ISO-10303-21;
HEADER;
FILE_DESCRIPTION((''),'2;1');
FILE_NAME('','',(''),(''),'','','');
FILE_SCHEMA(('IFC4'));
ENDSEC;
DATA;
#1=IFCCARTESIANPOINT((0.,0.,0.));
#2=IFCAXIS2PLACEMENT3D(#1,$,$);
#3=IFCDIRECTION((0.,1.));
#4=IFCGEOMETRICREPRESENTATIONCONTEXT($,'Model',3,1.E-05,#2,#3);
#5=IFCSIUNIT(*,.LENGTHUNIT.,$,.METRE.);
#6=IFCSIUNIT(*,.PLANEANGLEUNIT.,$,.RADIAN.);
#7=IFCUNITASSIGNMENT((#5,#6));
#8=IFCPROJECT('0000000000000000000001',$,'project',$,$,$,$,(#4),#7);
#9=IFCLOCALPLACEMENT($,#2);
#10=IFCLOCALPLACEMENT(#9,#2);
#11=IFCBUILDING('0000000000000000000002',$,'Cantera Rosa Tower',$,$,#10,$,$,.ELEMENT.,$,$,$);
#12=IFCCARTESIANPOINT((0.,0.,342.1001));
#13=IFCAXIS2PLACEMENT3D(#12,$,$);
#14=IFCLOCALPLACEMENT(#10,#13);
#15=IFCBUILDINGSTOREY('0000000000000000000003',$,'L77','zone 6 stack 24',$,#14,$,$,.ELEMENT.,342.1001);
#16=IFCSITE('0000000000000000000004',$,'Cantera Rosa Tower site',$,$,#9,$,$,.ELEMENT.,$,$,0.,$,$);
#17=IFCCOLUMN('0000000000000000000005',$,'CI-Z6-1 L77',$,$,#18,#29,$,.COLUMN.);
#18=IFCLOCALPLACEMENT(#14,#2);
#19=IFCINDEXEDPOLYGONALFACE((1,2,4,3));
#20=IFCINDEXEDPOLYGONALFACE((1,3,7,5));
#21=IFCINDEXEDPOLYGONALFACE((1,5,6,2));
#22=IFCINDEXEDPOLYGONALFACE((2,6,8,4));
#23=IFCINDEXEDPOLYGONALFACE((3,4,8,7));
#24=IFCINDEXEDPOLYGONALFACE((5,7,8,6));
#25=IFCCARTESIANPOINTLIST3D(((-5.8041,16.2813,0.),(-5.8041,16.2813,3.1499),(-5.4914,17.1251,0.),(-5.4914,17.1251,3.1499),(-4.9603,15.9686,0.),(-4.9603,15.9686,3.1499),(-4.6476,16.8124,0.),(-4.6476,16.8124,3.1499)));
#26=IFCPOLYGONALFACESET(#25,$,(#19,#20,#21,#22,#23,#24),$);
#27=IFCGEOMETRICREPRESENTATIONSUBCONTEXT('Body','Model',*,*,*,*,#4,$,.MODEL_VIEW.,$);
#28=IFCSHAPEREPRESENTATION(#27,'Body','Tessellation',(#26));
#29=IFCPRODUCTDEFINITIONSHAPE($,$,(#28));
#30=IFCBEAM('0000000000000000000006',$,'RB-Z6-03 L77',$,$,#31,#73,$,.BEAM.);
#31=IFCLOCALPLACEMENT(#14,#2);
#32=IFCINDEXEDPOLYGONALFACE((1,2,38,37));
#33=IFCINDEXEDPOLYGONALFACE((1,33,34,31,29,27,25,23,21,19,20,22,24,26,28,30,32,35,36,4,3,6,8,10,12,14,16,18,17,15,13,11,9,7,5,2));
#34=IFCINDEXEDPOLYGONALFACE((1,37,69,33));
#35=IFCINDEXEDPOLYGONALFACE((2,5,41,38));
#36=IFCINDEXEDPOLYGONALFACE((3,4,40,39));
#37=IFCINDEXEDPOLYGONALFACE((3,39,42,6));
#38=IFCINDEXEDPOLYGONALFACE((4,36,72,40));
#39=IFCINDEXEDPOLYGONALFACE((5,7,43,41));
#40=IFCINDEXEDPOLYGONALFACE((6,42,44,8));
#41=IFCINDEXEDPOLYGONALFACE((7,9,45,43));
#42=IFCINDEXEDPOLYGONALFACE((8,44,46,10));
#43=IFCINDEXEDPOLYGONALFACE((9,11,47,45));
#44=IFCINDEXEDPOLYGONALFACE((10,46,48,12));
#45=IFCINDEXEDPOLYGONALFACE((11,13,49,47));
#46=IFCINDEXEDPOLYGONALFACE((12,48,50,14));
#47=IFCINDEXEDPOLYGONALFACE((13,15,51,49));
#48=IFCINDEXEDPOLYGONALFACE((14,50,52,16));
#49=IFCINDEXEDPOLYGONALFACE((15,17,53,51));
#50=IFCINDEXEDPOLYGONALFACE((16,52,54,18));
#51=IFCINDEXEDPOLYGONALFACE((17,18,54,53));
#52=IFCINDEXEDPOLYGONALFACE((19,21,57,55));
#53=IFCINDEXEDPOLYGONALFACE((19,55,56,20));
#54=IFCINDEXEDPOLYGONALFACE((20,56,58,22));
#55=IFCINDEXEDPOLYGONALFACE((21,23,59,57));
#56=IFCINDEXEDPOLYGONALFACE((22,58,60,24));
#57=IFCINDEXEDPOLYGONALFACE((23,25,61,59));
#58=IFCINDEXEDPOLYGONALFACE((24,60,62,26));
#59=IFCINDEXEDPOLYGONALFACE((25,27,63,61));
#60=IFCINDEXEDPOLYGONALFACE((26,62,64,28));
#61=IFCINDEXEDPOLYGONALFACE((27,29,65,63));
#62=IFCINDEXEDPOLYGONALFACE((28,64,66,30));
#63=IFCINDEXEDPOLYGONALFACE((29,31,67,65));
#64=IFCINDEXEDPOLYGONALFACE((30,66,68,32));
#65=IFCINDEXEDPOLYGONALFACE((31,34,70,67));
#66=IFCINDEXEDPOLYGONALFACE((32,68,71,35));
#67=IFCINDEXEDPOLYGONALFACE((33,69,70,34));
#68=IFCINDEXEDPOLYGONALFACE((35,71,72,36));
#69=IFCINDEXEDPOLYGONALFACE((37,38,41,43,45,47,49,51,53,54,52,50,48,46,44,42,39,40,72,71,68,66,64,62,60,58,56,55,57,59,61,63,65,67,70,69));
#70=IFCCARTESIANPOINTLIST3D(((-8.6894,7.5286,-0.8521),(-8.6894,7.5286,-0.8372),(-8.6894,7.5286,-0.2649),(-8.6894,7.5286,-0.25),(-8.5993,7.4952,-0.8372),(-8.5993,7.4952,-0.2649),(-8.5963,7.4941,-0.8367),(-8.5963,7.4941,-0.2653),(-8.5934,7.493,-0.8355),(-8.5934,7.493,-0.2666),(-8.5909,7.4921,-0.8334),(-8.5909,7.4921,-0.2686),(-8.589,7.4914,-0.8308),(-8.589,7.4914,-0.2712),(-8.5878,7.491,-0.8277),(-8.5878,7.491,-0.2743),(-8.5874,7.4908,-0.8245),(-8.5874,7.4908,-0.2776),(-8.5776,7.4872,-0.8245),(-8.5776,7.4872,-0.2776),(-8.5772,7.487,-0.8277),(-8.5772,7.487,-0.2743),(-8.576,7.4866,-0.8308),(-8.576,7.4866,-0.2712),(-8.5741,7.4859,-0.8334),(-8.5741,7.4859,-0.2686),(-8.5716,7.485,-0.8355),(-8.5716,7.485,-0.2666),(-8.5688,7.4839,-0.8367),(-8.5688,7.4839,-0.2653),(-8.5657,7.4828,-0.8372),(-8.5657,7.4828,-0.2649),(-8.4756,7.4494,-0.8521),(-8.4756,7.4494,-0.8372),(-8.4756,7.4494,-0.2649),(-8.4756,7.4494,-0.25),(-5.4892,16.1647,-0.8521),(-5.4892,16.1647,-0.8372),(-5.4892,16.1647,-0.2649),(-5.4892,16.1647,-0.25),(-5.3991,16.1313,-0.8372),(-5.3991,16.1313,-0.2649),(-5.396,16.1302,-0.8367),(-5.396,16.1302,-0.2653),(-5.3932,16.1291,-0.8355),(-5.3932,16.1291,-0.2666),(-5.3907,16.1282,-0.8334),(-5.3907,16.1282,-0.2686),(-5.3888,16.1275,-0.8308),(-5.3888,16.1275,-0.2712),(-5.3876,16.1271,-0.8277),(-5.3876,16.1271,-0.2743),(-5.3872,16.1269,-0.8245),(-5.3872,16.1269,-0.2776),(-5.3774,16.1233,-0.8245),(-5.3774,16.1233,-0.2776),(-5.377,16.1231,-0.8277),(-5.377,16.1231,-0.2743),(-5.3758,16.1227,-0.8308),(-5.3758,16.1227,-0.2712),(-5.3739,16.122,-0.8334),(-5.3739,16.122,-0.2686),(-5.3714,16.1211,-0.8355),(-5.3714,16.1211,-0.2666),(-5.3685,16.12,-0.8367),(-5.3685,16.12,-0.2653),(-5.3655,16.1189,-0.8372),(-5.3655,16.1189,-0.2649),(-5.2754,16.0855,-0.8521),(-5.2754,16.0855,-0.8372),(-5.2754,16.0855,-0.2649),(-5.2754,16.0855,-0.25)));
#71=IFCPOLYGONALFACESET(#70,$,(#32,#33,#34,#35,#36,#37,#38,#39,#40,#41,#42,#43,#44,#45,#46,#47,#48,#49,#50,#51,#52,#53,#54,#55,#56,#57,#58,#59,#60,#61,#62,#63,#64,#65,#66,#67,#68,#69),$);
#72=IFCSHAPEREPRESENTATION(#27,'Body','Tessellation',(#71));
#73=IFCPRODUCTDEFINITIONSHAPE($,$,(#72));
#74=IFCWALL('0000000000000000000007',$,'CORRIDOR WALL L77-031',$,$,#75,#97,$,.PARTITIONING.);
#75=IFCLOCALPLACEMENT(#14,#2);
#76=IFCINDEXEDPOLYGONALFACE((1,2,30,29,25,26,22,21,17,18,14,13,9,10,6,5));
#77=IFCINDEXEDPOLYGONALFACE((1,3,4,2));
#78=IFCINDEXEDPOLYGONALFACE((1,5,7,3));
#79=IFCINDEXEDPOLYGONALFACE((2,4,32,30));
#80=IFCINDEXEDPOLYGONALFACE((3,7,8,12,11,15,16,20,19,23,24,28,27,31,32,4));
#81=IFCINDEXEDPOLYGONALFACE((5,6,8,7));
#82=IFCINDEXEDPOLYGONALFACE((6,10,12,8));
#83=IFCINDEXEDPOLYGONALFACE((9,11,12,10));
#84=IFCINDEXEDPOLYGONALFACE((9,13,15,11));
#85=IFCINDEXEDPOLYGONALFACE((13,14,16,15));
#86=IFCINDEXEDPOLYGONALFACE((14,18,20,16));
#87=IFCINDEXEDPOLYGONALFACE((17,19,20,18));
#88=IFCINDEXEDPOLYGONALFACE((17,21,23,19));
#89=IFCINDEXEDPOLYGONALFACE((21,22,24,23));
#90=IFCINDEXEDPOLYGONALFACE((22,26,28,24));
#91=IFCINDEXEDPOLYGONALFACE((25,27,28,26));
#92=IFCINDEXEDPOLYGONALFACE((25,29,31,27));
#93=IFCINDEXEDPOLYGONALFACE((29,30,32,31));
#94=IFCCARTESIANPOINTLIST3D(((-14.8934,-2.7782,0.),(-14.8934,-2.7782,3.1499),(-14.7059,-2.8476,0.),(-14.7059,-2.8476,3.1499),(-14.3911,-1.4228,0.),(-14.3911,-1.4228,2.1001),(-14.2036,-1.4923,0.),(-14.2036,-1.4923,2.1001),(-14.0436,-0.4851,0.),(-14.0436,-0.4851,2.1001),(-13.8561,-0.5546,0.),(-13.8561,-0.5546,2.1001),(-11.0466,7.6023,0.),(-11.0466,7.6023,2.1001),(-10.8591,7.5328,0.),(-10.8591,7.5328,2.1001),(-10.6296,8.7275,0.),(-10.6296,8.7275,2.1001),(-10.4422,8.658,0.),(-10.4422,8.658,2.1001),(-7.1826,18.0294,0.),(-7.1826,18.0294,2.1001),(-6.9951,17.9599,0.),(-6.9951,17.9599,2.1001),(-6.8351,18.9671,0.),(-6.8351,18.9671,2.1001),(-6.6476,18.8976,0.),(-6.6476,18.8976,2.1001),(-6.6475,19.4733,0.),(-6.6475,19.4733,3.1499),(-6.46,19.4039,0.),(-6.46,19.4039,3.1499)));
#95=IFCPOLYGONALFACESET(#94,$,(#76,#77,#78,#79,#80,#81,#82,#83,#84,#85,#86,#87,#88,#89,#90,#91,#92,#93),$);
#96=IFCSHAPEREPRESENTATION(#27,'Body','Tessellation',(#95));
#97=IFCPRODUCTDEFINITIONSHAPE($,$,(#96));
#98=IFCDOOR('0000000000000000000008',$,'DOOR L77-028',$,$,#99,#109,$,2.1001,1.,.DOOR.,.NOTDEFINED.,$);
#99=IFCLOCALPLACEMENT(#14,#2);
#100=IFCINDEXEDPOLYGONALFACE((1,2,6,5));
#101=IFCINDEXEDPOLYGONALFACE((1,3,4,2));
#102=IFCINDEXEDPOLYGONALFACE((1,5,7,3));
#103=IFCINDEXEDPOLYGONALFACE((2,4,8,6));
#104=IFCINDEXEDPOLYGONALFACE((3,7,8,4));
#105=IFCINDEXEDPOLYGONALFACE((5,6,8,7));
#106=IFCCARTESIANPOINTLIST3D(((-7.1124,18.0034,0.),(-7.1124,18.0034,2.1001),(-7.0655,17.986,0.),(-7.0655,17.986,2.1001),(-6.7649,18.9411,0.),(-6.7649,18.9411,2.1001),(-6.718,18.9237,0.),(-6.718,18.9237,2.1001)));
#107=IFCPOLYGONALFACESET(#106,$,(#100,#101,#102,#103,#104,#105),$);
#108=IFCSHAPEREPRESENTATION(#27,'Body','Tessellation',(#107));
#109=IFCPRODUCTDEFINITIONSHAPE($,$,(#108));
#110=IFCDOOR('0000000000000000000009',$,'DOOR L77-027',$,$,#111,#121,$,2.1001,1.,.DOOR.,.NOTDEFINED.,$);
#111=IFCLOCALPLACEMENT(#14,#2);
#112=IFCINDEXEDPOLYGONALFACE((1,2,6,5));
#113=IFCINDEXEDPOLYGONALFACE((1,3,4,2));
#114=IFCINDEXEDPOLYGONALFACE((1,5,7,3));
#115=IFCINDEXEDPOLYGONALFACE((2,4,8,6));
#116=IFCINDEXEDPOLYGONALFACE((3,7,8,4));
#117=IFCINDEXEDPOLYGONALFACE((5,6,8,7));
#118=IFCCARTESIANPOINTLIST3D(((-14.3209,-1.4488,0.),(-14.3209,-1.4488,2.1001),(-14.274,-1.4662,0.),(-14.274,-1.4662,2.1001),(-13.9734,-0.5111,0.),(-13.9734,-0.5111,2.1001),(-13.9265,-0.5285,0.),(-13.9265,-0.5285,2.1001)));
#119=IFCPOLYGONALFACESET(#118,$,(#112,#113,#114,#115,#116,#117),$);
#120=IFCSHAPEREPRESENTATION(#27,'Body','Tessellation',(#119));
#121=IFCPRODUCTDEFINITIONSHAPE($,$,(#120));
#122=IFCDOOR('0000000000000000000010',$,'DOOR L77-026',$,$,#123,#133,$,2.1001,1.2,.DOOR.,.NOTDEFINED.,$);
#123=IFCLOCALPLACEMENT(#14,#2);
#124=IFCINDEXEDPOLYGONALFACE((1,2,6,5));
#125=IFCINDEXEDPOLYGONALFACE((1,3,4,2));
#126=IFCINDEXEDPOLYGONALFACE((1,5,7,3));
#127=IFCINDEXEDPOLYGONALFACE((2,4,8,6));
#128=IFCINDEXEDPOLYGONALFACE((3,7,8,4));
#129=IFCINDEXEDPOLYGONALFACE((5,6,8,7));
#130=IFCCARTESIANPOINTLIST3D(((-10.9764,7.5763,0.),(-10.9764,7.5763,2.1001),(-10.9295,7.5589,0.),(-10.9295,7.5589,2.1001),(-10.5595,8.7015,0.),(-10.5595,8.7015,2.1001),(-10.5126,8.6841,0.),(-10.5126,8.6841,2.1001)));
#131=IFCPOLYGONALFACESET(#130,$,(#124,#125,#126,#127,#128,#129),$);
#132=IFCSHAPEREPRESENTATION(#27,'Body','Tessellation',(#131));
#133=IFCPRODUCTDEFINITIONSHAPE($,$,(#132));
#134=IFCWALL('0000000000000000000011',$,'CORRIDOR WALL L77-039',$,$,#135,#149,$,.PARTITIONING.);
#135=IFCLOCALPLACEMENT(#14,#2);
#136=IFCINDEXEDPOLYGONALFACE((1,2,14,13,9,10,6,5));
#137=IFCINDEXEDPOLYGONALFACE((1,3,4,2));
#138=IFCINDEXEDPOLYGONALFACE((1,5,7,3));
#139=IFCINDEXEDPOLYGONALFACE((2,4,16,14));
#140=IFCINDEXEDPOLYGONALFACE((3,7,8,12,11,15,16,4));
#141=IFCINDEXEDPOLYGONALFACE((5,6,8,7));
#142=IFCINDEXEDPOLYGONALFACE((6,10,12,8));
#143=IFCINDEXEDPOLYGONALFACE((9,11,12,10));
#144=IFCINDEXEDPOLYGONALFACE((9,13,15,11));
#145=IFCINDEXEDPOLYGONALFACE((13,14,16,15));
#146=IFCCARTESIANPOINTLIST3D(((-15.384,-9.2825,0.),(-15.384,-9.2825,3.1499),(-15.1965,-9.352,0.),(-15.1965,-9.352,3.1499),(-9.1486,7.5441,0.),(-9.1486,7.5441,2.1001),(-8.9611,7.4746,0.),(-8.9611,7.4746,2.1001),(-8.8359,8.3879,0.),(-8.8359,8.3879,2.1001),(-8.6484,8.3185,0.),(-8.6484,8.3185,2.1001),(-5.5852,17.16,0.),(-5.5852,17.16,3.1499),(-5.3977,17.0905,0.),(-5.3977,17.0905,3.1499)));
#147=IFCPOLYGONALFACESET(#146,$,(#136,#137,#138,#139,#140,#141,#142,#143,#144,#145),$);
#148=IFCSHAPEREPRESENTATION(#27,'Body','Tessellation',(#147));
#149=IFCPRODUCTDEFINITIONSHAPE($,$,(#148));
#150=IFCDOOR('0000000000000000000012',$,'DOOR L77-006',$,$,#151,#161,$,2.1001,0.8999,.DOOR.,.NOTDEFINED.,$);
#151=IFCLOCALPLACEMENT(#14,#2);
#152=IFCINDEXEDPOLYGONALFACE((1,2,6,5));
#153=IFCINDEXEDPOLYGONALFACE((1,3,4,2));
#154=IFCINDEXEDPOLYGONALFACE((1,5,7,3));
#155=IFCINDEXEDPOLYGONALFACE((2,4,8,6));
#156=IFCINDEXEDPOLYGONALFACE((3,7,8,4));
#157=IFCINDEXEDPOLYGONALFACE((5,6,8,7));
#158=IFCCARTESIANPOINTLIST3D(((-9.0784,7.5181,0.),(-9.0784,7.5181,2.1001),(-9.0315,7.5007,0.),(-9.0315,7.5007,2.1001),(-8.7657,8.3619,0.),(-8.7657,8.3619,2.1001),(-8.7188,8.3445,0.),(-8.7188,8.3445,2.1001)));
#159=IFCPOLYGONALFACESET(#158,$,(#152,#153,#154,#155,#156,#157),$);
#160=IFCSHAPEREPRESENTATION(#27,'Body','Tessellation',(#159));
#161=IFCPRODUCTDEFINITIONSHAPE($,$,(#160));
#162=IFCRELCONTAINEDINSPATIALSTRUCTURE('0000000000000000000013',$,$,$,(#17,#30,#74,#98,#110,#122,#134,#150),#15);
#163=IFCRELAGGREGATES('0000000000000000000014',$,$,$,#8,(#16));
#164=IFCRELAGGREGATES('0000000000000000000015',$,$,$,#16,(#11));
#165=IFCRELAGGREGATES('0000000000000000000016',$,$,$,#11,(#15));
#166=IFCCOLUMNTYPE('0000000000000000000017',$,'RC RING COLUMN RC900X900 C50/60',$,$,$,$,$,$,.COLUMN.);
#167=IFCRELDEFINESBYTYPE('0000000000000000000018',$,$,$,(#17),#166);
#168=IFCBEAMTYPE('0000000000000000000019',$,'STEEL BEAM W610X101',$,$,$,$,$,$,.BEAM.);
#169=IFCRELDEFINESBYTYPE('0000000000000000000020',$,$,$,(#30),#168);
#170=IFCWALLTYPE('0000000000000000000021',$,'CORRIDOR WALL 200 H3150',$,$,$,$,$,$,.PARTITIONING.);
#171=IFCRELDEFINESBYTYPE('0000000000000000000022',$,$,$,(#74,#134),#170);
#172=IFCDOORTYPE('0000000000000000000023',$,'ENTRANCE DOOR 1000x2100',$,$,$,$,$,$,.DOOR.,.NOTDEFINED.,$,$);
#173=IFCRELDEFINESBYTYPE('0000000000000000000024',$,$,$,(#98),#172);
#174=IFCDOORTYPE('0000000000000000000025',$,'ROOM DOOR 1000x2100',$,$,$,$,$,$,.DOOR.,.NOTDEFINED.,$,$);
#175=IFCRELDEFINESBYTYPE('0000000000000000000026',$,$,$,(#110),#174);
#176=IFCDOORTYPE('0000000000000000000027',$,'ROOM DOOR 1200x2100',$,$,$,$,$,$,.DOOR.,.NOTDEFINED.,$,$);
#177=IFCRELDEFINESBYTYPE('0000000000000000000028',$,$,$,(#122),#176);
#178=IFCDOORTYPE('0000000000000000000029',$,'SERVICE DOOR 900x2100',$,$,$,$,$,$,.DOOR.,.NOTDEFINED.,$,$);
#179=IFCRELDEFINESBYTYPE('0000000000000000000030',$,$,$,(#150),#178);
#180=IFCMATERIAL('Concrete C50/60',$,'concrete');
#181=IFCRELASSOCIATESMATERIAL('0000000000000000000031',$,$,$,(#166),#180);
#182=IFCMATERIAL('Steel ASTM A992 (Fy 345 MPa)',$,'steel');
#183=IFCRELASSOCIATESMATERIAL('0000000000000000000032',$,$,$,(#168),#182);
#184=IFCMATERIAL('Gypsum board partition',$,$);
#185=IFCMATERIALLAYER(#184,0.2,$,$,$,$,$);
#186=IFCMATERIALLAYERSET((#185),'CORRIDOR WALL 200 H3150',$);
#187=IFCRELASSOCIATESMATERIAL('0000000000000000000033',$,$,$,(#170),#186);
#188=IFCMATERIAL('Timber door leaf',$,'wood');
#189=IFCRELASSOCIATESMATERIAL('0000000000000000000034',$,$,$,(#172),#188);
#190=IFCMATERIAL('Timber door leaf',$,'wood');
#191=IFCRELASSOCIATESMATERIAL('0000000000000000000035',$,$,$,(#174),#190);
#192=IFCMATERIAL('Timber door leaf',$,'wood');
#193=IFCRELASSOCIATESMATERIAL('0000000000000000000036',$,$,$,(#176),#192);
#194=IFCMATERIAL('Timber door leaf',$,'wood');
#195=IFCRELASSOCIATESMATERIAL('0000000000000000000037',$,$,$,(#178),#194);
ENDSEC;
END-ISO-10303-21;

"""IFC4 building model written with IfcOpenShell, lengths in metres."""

from ifc_helpers import new_model, si_unit, direction, frame, frame_2d, origin, origin_2d, place, context, subcontext, project, spatial, rectangle, i_section, extrude, material, layer, layer_set, material_profile, profile_set, type_object, element, fill, save


model = new_model("IFC4")

# Units and contexts
model_context = context("Model", 3, precision=1e-05, world=origin(), true_north=direction((0.0, 1.0)))
body_context = subcontext(model_context, "Body", "Model", "MODEL_VIEW")
ifc_project = project(units=[si_unit("LENGTHUNIT", "METRE"), si_unit("PLANEANGLEUNIT", "RADIAN")], contexts=[model_context])

# Site, building, storey
site_placement = place(None, origin())
site = spatial("IfcSite", under=ifc_project, at=site_placement, Name="Cantera Rosa Tower site", CompositionType="ELEMENT", RefElevation=0.0)
building_placement = place(site_placement, origin())
building = spatial("IfcBuilding", under=site, at=building_placement, Name="Cantera Rosa Tower", CompositionType="ELEMENT")
storey_placement = place(building_placement, frame((0.0, 0.0, 342.1001)))
storey = spatial("IfcBuildingStorey", under=building, at=storey_placement, Name="L77", Description="zone 6 stack 24", CompositionType="ELEMENT", Elevation=342.1001)

# Column
ifc_material_1 = material(Name="Concrete C50/60", Category="concrete")
ifc_material_profile_1 = material_profile(ifc_material_1, rectangle(XDim=0.8999, YDim=0.8999, at=origin_2d()), Name="RC RING COLUMN RC900X900 C50/60")
ifc_profile_set_1 = profile_set([ifc_material_profile_1], Name="Concrete C50/60")
column_type = type_object("IfcColumnType", Name="RC RING COLUMN RC900X900 C50/60", PredefinedType="COLUMN", material=ifc_profile_set_1)
column_placement = place(storey_placement, frame((-5.2258, 16.5469, 0.0), z_axis=(0.0, 0.0, 1.0), x_axis=(0.347481, 0.937687, 0.0)))
element("IfcColumn", 1, at=column_placement, inside=storey, type_object=column_type, Name="CI-Z6-1 L77", PredefinedType="COLUMN", context=body_context, shape_type="SweptSolid", body=[
    extrude(rectangle(XDim=0.8999, YDim=0.8999, at=origin_2d()), origin(), (0.0, 0.0, 1.0), 3.1499),
])

# Beam
ifc_material_2 = material(Name="Steel ASTM A992 (Fy 345 MPa)", Category="steel")
ifc_material_profile_2 = material_profile(ifc_material_2, i_section(OverallWidth=0.228, OverallDepth=0.6021, WebThickness=0.0105, FlangeThickness=0.0149, FilletRadius=0.0127, at=origin_2d()), Name="W610X101")
ifc_profile_set_2 = profile_set([ifc_material_profile_2], Name="Steel ASTM A992 (Fy 345 MPa)")
beam_type = type_object("IfcBeamType", Name="STEEL BEAM W610X101", PredefinedType="BEAM", material=ifc_profile_set_2)
beam_placement = place(storey_placement, frame((-8.5825, 7.489, -0.551), z_axis=(0.347475, 0.937689, 0.0), x_axis=(-0.937689, 0.347475, 0.0)))
element("IfcBeam", 2, at=beam_placement, inside=storey, type_object=beam_type, Name="RB-Z6-03 L77", PredefinedType="BEAM", context=body_context, shape_type="SweptSolid", body=[
    extrude(i_section(OverallWidth=0.228, OverallDepth=0.6021, WebThickness=0.0105, FlangeThickness=0.0149, FilletRadius=0.0127, at=origin_2d()), origin(), (0.0, 0.0, 1.0), 9.21),
])

# Wall, openings, doors
ifc_material_3 = material(Name="Gypsum board partition")
ifc_layer_1 = layer(ifc_material_3, 0.2)
ifc_layer_set_1 = layer_set([ifc_layer_1], Name="CORRIDOR WALL 200 H3150")
wall_type_1 = type_object("IfcWallType", Name="CORRIDOR WALL 200 H3150", PredefinedType="PARTITIONING", material=ifc_layer_set_1)
wall_1_placement = place(storey_placement, frame((-6.5537, 19.4387, 0.0), z_axis=(0.0, 0.0, 1.0), x_axis=(-0.347484, -0.937686, 0.0)))
wall_1 = element("IfcWall", 3, at=wall_1_placement, inside=storey, type_object=wall_type_1, Name="CORRIDOR WALL L77-031", PredefinedType="PARTITIONING", context=body_context, shape_type="SweptSolid", body=[
    extrude(rectangle(XDim=23.7302, YDim=0.2, at=frame_2d((11.8652, 0.0))), origin(), (0.0, 0.0, 1.0), 3.1499),
])
opening_1_placement = place(wall_1_placement, frame((11.46, 0.0, 0.0)))
opening_1 = element("IfcOpeningElement", 4, at=opening_1_placement, cuts=wall_1, PredefinedType="OPENING", context=body_context, shape_type="SweptSolid", body=[
    extrude(rectangle(XDim=1.2, YDim=2.1001, at=frame_2d((0.6001, 1.05))), frame((0.0, 0.1099, 0.0), z_axis=(0.0, -1.0, 0.0), x_axis=(1.0, 0.0, 0.0)), (0.0, 0.0, 1.0), 0.22),
])
opening_2_placement = place(wall_1_placement, frame((21.2849, 0.0, 0.0)))
opening_2 = element("IfcOpeningElement", 5, at=opening_2_placement, cuts=wall_1, PredefinedType="OPENING", context=body_context, shape_type="SweptSolid", body=[
    extrude(rectangle(XDim=1.0, YDim=2.1001, at=frame_2d((0.5, 1.05))), frame((0.0, 0.1099, 0.0), z_axis=(0.0, -1.0, 0.0), x_axis=(1.0, 0.0, 0.0)), (0.0, 0.0, 1.0), 0.22),
])
opening_3_placement = place(wall_1_placement, frame((0.54, 0.0, 0.0)))
opening_3 = element("IfcOpeningElement", 6, at=opening_3_placement, cuts=wall_1, PredefinedType="OPENING", context=body_context, shape_type="SweptSolid", body=[
    extrude(rectangle(XDim=1.0, YDim=2.1001, at=frame_2d((0.5, 1.05))), frame((0.0, 0.1099, 0.0), z_axis=(0.0, -1.0, 0.0), x_axis=(1.0, 0.0, 0.0)), (0.0, 0.0, 1.0), 0.22),
])
ifc_material_4 = material(Name="Timber door leaf", Category="wood")
door_type_1 = type_object("IfcDoorType", Name="ENTRANCE DOOR 1000x2100", OperationType="NOTDEFINED", PredefinedType="DOOR", material=ifc_material_4)
door_1_placement = place(opening_3_placement, origin())
door_1 = element("IfcDoor", 7, at=door_1_placement, inside=storey, type_object=door_type_1, Name="DOOR L77-028", OperationType="NOTDEFINED", OverallHeight=2.1001, OverallWidth=1.0, PredefinedType="DOOR", context=body_context, shape_type="SweptSolid", body=[
    extrude(rectangle(XDim=1.0, YDim=2.1001, at=frame_2d((0.5, 1.05))), frame((0.0, 0.0249, 0.0), z_axis=(0.0, -1.0, 0.0), x_axis=(1.0, 0.0, 0.0)), (0.0, 0.0, 1.0), 0.05),
])
fill(opening_3, door_1)
ifc_material_5 = material(Name="Timber door leaf", Category="wood")
door_type_2 = type_object("IfcDoorType", Name="ROOM DOOR 1000x2100", OperationType="NOTDEFINED", PredefinedType="DOOR", material=ifc_material_5)
door_2_placement = place(opening_2_placement, origin())
door_2 = element("IfcDoor", 8, at=door_2_placement, inside=storey, type_object=door_type_2, Name="DOOR L77-027", OperationType="NOTDEFINED", OverallHeight=2.1001, OverallWidth=1.0, PredefinedType="DOOR", context=body_context, shape_type="SweptSolid", body=[
    extrude(rectangle(XDim=1.0, YDim=2.1001, at=frame_2d((0.5, 1.05))), frame((0.0, 0.0249, 0.0), z_axis=(0.0, -1.0, 0.0), x_axis=(1.0, 0.0, 0.0)), (0.0, 0.0, 1.0), 0.05),
])
fill(opening_2, door_2)
ifc_material_6 = material(Name="Timber door leaf", Category="wood")
door_type_3 = type_object("IfcDoorType", Name="ROOM DOOR 1200x2100", OperationType="NOTDEFINED", PredefinedType="DOOR", material=ifc_material_6)
door_3_placement = place(opening_1_placement, origin())
door_3 = element("IfcDoor", 9, at=door_3_placement, inside=storey, type_object=door_type_3, Name="DOOR L77-026", OperationType="NOTDEFINED", OverallHeight=2.1001, OverallWidth=1.2, PredefinedType="DOOR", context=body_context, shape_type="SweptSolid", body=[
    extrude(rectangle(XDim=1.2, YDim=2.1001, at=frame_2d((0.6001, 1.05))), frame((0.0, 0.0249, 0.0), z_axis=(0.0, -1.0, 0.0), x_axis=(1.0, 0.0, 0.0)), (0.0, 0.0, 1.0), 0.05),
])
fill(opening_1, door_3)

# Wall, opening, door
wall_2_placement = place(storey_placement, frame((-5.4915, 17.1252, 0.0), z_axis=(0.0, 0.0, 1.0), x_axis=(-0.347478, -0.937688, 0.0)))
wall_2 = element("IfcWall", 10, at=wall_2_placement, inside=storey, type_object=wall_type_1, Name="CORRIDOR WALL L77-039", PredefinedType="PARTITIONING", context=body_context, shape_type="SweptSolid", body=[
    extrude(rectangle(XDim=28.1997, YDim=0.2, at=frame_2d((14.0999, 0.0))), origin(), (0.0, 0.0, 1.0), 3.1499),
])
opening_4_placement = place(wall_2_placement, frame((9.355, 0.0, 0.0)))
opening_4 = element("IfcOpeningElement", 11, at=opening_4_placement, cuts=wall_2, PredefinedType="OPENING", context=body_context, shape_type="SweptSolid", body=[
    extrude(rectangle(XDim=0.8999, YDim=2.1001, at=frame_2d((0.45, 1.05))), frame((0.0, 0.1099, 0.0), z_axis=(0.0, -1.0, 0.0), x_axis=(1.0, 0.0, 0.0)), (0.0, 0.0, 1.0), 0.22),
])
ifc_material_7 = material(Name="Timber door leaf", Category="wood")
door_type_4 = type_object("IfcDoorType", Name="SERVICE DOOR 900x2100", OperationType="NOTDEFINED", PredefinedType="DOOR", material=ifc_material_7)
door_4_placement = place(opening_4_placement, origin())
door_4 = element("IfcDoor", 12, at=door_4_placement, inside=storey, type_object=door_type_4, Name="DOOR L77-006", OperationType="NOTDEFINED", OverallHeight=2.1001, OverallWidth=0.8999, PredefinedType="DOOR", context=body_context, shape_type="SweptSolid", body=[
    extrude(rectangle(XDim=0.8999, YDim=2.1001, at=frame_2d((0.45, 1.05))), frame((0.0, 0.0249, 0.0), z_axis=(0.0, -1.0, 0.0), x_axis=(1.0, 0.0, 0.0)), (0.0, 0.0, 1.0), 0.05),
])
fill(opening_4, door_4)

save(model, "model.ifc")
